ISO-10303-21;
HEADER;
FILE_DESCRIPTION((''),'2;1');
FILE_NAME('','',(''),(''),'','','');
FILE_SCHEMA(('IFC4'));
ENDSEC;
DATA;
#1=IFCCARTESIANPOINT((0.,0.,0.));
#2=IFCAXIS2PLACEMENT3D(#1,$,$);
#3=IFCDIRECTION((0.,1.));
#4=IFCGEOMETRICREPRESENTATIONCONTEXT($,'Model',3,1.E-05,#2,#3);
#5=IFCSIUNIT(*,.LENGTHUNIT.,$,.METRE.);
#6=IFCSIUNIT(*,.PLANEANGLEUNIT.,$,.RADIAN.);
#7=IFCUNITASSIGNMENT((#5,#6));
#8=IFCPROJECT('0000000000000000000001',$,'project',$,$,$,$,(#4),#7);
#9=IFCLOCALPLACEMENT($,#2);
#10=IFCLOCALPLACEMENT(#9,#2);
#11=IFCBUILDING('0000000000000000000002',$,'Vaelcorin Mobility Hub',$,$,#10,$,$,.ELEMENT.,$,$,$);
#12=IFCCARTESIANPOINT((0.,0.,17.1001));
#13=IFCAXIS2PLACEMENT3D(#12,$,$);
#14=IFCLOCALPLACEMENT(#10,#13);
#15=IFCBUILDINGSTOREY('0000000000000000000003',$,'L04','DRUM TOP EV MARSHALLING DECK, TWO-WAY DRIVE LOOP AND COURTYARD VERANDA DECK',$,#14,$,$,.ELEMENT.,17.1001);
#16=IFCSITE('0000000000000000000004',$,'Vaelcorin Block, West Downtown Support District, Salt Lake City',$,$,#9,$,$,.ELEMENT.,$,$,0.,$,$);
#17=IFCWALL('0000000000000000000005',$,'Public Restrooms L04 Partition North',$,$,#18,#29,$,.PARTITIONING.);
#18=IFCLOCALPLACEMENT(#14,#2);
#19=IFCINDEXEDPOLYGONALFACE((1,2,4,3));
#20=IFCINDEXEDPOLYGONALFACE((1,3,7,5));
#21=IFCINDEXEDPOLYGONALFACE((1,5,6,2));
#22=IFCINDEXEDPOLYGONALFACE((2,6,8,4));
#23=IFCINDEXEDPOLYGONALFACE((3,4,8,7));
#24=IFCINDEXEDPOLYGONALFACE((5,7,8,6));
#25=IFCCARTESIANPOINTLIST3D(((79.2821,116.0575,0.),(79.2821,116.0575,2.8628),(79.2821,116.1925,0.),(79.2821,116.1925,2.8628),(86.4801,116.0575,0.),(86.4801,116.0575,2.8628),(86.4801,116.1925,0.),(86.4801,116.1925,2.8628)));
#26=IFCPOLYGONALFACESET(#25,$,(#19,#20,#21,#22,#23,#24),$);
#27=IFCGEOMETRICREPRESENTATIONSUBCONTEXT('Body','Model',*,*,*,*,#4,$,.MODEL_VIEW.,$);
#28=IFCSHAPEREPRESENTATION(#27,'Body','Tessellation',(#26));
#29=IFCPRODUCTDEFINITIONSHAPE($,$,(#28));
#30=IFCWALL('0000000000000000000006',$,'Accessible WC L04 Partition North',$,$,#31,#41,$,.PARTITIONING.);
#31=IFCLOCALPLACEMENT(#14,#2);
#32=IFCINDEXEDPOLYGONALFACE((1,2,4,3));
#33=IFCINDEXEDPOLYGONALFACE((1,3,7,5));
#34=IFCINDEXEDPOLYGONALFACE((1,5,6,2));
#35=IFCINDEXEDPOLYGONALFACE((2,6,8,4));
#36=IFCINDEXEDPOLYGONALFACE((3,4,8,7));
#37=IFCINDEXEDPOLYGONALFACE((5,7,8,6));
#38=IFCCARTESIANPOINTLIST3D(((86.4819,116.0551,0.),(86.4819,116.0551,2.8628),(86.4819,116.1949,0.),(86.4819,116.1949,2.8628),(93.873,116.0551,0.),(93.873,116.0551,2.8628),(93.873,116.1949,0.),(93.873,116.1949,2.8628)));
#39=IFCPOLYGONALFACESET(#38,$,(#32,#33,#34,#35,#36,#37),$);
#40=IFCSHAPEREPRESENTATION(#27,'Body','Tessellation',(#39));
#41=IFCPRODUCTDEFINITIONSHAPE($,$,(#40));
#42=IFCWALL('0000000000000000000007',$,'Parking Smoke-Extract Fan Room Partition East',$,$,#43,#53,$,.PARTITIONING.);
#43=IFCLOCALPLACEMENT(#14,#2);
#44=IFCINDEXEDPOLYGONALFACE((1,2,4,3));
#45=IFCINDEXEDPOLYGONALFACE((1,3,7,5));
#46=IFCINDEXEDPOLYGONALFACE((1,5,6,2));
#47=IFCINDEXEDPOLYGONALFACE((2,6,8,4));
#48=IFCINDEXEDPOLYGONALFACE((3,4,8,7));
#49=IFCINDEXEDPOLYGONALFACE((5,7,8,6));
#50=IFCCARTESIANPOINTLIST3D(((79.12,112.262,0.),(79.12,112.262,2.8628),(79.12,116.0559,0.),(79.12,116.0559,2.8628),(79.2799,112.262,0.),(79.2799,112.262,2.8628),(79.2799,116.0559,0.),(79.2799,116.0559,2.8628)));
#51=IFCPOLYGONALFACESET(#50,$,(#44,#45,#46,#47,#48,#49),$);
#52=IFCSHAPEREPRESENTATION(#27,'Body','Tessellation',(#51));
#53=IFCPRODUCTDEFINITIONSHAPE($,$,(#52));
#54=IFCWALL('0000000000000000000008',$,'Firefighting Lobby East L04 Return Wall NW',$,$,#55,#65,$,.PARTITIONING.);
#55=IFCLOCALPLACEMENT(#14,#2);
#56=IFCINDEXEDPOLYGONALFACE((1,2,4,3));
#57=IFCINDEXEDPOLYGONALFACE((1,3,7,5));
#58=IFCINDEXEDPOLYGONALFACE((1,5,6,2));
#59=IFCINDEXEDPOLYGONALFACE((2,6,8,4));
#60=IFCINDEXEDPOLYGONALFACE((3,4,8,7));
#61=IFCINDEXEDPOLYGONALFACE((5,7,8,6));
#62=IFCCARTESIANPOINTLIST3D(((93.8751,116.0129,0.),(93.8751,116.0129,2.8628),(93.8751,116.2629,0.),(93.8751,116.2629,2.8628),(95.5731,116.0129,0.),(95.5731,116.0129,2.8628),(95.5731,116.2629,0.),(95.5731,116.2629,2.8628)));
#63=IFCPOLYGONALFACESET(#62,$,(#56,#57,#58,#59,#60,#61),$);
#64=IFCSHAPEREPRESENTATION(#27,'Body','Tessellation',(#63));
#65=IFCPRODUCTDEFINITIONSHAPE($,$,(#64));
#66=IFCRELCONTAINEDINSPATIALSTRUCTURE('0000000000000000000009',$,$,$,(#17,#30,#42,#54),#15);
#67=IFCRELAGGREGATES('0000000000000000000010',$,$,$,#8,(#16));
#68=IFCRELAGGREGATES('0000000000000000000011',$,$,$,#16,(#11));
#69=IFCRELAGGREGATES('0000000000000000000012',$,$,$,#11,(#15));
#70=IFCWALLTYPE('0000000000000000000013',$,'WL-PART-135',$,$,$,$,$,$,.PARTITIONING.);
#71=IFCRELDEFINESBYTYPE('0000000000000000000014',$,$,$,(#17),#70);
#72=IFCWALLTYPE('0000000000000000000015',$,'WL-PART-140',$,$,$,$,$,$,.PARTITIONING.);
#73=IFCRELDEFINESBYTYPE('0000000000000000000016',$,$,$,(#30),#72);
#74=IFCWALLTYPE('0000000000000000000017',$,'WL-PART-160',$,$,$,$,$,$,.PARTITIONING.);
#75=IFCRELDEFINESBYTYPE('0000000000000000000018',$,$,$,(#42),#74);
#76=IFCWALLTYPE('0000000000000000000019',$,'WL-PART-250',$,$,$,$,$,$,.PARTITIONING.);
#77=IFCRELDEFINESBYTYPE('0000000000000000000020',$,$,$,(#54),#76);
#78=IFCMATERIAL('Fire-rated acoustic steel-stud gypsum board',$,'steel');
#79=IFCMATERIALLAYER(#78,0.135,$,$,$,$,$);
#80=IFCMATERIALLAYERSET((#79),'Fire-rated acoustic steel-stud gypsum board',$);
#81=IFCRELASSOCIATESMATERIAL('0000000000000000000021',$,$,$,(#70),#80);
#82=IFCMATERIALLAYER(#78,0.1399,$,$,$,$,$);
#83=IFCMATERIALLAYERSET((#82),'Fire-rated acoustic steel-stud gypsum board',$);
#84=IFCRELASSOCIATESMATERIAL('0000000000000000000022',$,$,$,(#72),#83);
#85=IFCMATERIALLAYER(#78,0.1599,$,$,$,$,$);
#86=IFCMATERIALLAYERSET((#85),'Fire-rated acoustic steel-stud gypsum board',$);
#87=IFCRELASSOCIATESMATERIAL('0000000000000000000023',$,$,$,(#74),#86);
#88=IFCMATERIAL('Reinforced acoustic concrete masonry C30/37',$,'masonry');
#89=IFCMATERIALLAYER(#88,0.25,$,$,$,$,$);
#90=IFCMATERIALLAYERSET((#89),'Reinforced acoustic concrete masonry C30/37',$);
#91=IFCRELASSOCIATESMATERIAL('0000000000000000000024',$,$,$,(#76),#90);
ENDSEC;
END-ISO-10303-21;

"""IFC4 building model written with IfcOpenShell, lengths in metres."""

from ifc_helpers import new_model, si_unit, direction, frame, frame_2d, origin, place, context, subcontext, project, spatial, rectangle, extrude, material, layer, layer_set, type_object, element, save


model = new_model("IFC4")

# Units and contexts
model_context = context("Model", 3, precision=1e-05, world=origin(), true_north=direction((0.0, 1.0)))
body_context = subcontext(model_context, "Body", "Model", "MODEL_VIEW")
ifc_project = project(units=[si_unit("LENGTHUNIT", "METRE"), si_unit("PLANEANGLEUNIT", "RADIAN")], contexts=[model_context])

# Site, building, storey
site_placement = place(None, origin())
site = spatial("IfcSite", under=ifc_project, at=site_placement, Name="Vaelcorin Block, West Downtown Support District, Salt Lake City", CompositionType="ELEMENT", RefElevation=0.0)
building_placement = place(site_placement, origin())
building = spatial("IfcBuilding", under=site, at=building_placement, Name="Vaelcorin Mobility Hub", CompositionType="ELEMENT")
storey_placement = place(building_placement, frame((0.0, 0.0, 17.1001)))
storey = spatial("IfcBuildingStorey", under=building, at=storey_placement, Name="L04", Description="DRUM TOP EV MARSHALLING DECK, TWO-WAY DRIVE LOOP AND COURTYARD VERANDA DECK", CompositionType="ELEMENT", Elevation=17.1001)

# Walls
ifc_material_1 = material(Name="Fire-rated acoustic steel-stud gypsum board", Category="steel")
ifc_layer_1 = layer(ifc_material_1, 0.135)
ifc_layer_set_1 = layer_set([ifc_layer_1], Name="Fire-rated acoustic steel-stud gypsum board")
wall_type_1 = type_object("IfcWallType", Name="WL-PART-135", PredefinedType="PARTITIONING", material=ifc_layer_set_1)
wall_1_placement = place(storey_placement, frame((79.282, 116.125, 0.0), z_axis=(0.0, 0.0, 1.0), x_axis=(1.0, 0.0, 0.0)))
element("IfcWall", 1, at=wall_1_placement, inside=storey, type_object=wall_type_1, Name="Public Restrooms L04 Partition North", PredefinedType="PARTITIONING", context=body_context, shape_type="SweptSolid", body=[
    extrude(rectangle(XDim=7.198, YDim=0.135, at=frame_2d((3.5991, 0.0))), origin(), (0.0, 0.0, 1.0), 2.8628),
])
ifc_layer_2 = layer(ifc_material_1, 0.1399)
ifc_layer_set_2 = layer_set([ifc_layer_2], Name="Fire-rated acoustic steel-stud gypsum board")
wall_type_2 = type_object("IfcWallType", Name="WL-PART-140", PredefinedType="PARTITIONING", material=ifc_layer_set_2)
wall_2_placement = place(storey_placement, frame((86.4819, 116.125, 0.0), z_axis=(0.0, 0.0, 1.0), x_axis=(1.0, 0.0, 0.0)))
element("IfcWall", 2, at=wall_2_placement, inside=storey, type_object=wall_type_2, Name="Accessible WC L04 Partition North", PredefinedType="PARTITIONING", context=body_context, shape_type="SweptSolid", body=[
    extrude(rectangle(XDim=7.3911, YDim=0.1399, at=frame_2d((3.6956, 0.0))), origin(), (0.0, 0.0, 1.0), 2.8628),
])
ifc_layer_3 = layer(ifc_material_1, 0.1599)
ifc_layer_set_3 = layer_set([ifc_layer_3], Name="Fire-rated acoustic steel-stud gypsum board")
wall_type_3 = type_object("IfcWallType", Name="WL-PART-160", PredefinedType="PARTITIONING", material=ifc_layer_set_3)
wall_3_placement = place(storey_placement, frame((79.2, 116.0559, 0.0), z_axis=(0.0, 0.0, 1.0), x_axis=(0.0, -1.0, 0.0)))
element("IfcWall", 3, at=wall_3_placement, inside=storey, type_object=wall_type_3, Name="Parking Smoke-Extract Fan Room Partition East", PredefinedType="PARTITIONING", context=body_context, shape_type="SweptSolid", body=[
    extrude(rectangle(XDim=3.7939, YDim=0.1599, at=frame_2d((1.897, 0.0))), origin(), (0.0, 0.0, 1.0), 2.8628),
])
ifc_material_2 = material(Name="Reinforced acoustic concrete masonry C30/37", Category="masonry")
ifc_layer_4 = layer(ifc_material_2, 0.25)
ifc_layer_set_4 = layer_set([ifc_layer_4], Name="Reinforced acoustic concrete masonry C30/37")
wall_type_4 = type_object("IfcWallType", Name="WL-PART-250", PredefinedType="PARTITIONING", material=ifc_layer_set_4)
wall_4_placement = place(storey_placement, frame((93.875, 116.1379, 0.0), z_axis=(0.0, 0.0, 1.0), x_axis=(1.0, 0.0, 0.0)))
element("IfcWall", 4, at=wall_4_placement, inside=storey, type_object=wall_type_4, Name="Firefighting Lobby East L04 Return Wall NW", PredefinedType="PARTITIONING", context=body_context, shape_type="SweptSolid", body=[
    extrude(rectangle(XDim=1.698, YDim=0.25, at=frame_2d((0.8491, 0.0))), origin(), (0.0, 0.0, 1.0), 2.8628),
])

save(model, "model.ifc")
